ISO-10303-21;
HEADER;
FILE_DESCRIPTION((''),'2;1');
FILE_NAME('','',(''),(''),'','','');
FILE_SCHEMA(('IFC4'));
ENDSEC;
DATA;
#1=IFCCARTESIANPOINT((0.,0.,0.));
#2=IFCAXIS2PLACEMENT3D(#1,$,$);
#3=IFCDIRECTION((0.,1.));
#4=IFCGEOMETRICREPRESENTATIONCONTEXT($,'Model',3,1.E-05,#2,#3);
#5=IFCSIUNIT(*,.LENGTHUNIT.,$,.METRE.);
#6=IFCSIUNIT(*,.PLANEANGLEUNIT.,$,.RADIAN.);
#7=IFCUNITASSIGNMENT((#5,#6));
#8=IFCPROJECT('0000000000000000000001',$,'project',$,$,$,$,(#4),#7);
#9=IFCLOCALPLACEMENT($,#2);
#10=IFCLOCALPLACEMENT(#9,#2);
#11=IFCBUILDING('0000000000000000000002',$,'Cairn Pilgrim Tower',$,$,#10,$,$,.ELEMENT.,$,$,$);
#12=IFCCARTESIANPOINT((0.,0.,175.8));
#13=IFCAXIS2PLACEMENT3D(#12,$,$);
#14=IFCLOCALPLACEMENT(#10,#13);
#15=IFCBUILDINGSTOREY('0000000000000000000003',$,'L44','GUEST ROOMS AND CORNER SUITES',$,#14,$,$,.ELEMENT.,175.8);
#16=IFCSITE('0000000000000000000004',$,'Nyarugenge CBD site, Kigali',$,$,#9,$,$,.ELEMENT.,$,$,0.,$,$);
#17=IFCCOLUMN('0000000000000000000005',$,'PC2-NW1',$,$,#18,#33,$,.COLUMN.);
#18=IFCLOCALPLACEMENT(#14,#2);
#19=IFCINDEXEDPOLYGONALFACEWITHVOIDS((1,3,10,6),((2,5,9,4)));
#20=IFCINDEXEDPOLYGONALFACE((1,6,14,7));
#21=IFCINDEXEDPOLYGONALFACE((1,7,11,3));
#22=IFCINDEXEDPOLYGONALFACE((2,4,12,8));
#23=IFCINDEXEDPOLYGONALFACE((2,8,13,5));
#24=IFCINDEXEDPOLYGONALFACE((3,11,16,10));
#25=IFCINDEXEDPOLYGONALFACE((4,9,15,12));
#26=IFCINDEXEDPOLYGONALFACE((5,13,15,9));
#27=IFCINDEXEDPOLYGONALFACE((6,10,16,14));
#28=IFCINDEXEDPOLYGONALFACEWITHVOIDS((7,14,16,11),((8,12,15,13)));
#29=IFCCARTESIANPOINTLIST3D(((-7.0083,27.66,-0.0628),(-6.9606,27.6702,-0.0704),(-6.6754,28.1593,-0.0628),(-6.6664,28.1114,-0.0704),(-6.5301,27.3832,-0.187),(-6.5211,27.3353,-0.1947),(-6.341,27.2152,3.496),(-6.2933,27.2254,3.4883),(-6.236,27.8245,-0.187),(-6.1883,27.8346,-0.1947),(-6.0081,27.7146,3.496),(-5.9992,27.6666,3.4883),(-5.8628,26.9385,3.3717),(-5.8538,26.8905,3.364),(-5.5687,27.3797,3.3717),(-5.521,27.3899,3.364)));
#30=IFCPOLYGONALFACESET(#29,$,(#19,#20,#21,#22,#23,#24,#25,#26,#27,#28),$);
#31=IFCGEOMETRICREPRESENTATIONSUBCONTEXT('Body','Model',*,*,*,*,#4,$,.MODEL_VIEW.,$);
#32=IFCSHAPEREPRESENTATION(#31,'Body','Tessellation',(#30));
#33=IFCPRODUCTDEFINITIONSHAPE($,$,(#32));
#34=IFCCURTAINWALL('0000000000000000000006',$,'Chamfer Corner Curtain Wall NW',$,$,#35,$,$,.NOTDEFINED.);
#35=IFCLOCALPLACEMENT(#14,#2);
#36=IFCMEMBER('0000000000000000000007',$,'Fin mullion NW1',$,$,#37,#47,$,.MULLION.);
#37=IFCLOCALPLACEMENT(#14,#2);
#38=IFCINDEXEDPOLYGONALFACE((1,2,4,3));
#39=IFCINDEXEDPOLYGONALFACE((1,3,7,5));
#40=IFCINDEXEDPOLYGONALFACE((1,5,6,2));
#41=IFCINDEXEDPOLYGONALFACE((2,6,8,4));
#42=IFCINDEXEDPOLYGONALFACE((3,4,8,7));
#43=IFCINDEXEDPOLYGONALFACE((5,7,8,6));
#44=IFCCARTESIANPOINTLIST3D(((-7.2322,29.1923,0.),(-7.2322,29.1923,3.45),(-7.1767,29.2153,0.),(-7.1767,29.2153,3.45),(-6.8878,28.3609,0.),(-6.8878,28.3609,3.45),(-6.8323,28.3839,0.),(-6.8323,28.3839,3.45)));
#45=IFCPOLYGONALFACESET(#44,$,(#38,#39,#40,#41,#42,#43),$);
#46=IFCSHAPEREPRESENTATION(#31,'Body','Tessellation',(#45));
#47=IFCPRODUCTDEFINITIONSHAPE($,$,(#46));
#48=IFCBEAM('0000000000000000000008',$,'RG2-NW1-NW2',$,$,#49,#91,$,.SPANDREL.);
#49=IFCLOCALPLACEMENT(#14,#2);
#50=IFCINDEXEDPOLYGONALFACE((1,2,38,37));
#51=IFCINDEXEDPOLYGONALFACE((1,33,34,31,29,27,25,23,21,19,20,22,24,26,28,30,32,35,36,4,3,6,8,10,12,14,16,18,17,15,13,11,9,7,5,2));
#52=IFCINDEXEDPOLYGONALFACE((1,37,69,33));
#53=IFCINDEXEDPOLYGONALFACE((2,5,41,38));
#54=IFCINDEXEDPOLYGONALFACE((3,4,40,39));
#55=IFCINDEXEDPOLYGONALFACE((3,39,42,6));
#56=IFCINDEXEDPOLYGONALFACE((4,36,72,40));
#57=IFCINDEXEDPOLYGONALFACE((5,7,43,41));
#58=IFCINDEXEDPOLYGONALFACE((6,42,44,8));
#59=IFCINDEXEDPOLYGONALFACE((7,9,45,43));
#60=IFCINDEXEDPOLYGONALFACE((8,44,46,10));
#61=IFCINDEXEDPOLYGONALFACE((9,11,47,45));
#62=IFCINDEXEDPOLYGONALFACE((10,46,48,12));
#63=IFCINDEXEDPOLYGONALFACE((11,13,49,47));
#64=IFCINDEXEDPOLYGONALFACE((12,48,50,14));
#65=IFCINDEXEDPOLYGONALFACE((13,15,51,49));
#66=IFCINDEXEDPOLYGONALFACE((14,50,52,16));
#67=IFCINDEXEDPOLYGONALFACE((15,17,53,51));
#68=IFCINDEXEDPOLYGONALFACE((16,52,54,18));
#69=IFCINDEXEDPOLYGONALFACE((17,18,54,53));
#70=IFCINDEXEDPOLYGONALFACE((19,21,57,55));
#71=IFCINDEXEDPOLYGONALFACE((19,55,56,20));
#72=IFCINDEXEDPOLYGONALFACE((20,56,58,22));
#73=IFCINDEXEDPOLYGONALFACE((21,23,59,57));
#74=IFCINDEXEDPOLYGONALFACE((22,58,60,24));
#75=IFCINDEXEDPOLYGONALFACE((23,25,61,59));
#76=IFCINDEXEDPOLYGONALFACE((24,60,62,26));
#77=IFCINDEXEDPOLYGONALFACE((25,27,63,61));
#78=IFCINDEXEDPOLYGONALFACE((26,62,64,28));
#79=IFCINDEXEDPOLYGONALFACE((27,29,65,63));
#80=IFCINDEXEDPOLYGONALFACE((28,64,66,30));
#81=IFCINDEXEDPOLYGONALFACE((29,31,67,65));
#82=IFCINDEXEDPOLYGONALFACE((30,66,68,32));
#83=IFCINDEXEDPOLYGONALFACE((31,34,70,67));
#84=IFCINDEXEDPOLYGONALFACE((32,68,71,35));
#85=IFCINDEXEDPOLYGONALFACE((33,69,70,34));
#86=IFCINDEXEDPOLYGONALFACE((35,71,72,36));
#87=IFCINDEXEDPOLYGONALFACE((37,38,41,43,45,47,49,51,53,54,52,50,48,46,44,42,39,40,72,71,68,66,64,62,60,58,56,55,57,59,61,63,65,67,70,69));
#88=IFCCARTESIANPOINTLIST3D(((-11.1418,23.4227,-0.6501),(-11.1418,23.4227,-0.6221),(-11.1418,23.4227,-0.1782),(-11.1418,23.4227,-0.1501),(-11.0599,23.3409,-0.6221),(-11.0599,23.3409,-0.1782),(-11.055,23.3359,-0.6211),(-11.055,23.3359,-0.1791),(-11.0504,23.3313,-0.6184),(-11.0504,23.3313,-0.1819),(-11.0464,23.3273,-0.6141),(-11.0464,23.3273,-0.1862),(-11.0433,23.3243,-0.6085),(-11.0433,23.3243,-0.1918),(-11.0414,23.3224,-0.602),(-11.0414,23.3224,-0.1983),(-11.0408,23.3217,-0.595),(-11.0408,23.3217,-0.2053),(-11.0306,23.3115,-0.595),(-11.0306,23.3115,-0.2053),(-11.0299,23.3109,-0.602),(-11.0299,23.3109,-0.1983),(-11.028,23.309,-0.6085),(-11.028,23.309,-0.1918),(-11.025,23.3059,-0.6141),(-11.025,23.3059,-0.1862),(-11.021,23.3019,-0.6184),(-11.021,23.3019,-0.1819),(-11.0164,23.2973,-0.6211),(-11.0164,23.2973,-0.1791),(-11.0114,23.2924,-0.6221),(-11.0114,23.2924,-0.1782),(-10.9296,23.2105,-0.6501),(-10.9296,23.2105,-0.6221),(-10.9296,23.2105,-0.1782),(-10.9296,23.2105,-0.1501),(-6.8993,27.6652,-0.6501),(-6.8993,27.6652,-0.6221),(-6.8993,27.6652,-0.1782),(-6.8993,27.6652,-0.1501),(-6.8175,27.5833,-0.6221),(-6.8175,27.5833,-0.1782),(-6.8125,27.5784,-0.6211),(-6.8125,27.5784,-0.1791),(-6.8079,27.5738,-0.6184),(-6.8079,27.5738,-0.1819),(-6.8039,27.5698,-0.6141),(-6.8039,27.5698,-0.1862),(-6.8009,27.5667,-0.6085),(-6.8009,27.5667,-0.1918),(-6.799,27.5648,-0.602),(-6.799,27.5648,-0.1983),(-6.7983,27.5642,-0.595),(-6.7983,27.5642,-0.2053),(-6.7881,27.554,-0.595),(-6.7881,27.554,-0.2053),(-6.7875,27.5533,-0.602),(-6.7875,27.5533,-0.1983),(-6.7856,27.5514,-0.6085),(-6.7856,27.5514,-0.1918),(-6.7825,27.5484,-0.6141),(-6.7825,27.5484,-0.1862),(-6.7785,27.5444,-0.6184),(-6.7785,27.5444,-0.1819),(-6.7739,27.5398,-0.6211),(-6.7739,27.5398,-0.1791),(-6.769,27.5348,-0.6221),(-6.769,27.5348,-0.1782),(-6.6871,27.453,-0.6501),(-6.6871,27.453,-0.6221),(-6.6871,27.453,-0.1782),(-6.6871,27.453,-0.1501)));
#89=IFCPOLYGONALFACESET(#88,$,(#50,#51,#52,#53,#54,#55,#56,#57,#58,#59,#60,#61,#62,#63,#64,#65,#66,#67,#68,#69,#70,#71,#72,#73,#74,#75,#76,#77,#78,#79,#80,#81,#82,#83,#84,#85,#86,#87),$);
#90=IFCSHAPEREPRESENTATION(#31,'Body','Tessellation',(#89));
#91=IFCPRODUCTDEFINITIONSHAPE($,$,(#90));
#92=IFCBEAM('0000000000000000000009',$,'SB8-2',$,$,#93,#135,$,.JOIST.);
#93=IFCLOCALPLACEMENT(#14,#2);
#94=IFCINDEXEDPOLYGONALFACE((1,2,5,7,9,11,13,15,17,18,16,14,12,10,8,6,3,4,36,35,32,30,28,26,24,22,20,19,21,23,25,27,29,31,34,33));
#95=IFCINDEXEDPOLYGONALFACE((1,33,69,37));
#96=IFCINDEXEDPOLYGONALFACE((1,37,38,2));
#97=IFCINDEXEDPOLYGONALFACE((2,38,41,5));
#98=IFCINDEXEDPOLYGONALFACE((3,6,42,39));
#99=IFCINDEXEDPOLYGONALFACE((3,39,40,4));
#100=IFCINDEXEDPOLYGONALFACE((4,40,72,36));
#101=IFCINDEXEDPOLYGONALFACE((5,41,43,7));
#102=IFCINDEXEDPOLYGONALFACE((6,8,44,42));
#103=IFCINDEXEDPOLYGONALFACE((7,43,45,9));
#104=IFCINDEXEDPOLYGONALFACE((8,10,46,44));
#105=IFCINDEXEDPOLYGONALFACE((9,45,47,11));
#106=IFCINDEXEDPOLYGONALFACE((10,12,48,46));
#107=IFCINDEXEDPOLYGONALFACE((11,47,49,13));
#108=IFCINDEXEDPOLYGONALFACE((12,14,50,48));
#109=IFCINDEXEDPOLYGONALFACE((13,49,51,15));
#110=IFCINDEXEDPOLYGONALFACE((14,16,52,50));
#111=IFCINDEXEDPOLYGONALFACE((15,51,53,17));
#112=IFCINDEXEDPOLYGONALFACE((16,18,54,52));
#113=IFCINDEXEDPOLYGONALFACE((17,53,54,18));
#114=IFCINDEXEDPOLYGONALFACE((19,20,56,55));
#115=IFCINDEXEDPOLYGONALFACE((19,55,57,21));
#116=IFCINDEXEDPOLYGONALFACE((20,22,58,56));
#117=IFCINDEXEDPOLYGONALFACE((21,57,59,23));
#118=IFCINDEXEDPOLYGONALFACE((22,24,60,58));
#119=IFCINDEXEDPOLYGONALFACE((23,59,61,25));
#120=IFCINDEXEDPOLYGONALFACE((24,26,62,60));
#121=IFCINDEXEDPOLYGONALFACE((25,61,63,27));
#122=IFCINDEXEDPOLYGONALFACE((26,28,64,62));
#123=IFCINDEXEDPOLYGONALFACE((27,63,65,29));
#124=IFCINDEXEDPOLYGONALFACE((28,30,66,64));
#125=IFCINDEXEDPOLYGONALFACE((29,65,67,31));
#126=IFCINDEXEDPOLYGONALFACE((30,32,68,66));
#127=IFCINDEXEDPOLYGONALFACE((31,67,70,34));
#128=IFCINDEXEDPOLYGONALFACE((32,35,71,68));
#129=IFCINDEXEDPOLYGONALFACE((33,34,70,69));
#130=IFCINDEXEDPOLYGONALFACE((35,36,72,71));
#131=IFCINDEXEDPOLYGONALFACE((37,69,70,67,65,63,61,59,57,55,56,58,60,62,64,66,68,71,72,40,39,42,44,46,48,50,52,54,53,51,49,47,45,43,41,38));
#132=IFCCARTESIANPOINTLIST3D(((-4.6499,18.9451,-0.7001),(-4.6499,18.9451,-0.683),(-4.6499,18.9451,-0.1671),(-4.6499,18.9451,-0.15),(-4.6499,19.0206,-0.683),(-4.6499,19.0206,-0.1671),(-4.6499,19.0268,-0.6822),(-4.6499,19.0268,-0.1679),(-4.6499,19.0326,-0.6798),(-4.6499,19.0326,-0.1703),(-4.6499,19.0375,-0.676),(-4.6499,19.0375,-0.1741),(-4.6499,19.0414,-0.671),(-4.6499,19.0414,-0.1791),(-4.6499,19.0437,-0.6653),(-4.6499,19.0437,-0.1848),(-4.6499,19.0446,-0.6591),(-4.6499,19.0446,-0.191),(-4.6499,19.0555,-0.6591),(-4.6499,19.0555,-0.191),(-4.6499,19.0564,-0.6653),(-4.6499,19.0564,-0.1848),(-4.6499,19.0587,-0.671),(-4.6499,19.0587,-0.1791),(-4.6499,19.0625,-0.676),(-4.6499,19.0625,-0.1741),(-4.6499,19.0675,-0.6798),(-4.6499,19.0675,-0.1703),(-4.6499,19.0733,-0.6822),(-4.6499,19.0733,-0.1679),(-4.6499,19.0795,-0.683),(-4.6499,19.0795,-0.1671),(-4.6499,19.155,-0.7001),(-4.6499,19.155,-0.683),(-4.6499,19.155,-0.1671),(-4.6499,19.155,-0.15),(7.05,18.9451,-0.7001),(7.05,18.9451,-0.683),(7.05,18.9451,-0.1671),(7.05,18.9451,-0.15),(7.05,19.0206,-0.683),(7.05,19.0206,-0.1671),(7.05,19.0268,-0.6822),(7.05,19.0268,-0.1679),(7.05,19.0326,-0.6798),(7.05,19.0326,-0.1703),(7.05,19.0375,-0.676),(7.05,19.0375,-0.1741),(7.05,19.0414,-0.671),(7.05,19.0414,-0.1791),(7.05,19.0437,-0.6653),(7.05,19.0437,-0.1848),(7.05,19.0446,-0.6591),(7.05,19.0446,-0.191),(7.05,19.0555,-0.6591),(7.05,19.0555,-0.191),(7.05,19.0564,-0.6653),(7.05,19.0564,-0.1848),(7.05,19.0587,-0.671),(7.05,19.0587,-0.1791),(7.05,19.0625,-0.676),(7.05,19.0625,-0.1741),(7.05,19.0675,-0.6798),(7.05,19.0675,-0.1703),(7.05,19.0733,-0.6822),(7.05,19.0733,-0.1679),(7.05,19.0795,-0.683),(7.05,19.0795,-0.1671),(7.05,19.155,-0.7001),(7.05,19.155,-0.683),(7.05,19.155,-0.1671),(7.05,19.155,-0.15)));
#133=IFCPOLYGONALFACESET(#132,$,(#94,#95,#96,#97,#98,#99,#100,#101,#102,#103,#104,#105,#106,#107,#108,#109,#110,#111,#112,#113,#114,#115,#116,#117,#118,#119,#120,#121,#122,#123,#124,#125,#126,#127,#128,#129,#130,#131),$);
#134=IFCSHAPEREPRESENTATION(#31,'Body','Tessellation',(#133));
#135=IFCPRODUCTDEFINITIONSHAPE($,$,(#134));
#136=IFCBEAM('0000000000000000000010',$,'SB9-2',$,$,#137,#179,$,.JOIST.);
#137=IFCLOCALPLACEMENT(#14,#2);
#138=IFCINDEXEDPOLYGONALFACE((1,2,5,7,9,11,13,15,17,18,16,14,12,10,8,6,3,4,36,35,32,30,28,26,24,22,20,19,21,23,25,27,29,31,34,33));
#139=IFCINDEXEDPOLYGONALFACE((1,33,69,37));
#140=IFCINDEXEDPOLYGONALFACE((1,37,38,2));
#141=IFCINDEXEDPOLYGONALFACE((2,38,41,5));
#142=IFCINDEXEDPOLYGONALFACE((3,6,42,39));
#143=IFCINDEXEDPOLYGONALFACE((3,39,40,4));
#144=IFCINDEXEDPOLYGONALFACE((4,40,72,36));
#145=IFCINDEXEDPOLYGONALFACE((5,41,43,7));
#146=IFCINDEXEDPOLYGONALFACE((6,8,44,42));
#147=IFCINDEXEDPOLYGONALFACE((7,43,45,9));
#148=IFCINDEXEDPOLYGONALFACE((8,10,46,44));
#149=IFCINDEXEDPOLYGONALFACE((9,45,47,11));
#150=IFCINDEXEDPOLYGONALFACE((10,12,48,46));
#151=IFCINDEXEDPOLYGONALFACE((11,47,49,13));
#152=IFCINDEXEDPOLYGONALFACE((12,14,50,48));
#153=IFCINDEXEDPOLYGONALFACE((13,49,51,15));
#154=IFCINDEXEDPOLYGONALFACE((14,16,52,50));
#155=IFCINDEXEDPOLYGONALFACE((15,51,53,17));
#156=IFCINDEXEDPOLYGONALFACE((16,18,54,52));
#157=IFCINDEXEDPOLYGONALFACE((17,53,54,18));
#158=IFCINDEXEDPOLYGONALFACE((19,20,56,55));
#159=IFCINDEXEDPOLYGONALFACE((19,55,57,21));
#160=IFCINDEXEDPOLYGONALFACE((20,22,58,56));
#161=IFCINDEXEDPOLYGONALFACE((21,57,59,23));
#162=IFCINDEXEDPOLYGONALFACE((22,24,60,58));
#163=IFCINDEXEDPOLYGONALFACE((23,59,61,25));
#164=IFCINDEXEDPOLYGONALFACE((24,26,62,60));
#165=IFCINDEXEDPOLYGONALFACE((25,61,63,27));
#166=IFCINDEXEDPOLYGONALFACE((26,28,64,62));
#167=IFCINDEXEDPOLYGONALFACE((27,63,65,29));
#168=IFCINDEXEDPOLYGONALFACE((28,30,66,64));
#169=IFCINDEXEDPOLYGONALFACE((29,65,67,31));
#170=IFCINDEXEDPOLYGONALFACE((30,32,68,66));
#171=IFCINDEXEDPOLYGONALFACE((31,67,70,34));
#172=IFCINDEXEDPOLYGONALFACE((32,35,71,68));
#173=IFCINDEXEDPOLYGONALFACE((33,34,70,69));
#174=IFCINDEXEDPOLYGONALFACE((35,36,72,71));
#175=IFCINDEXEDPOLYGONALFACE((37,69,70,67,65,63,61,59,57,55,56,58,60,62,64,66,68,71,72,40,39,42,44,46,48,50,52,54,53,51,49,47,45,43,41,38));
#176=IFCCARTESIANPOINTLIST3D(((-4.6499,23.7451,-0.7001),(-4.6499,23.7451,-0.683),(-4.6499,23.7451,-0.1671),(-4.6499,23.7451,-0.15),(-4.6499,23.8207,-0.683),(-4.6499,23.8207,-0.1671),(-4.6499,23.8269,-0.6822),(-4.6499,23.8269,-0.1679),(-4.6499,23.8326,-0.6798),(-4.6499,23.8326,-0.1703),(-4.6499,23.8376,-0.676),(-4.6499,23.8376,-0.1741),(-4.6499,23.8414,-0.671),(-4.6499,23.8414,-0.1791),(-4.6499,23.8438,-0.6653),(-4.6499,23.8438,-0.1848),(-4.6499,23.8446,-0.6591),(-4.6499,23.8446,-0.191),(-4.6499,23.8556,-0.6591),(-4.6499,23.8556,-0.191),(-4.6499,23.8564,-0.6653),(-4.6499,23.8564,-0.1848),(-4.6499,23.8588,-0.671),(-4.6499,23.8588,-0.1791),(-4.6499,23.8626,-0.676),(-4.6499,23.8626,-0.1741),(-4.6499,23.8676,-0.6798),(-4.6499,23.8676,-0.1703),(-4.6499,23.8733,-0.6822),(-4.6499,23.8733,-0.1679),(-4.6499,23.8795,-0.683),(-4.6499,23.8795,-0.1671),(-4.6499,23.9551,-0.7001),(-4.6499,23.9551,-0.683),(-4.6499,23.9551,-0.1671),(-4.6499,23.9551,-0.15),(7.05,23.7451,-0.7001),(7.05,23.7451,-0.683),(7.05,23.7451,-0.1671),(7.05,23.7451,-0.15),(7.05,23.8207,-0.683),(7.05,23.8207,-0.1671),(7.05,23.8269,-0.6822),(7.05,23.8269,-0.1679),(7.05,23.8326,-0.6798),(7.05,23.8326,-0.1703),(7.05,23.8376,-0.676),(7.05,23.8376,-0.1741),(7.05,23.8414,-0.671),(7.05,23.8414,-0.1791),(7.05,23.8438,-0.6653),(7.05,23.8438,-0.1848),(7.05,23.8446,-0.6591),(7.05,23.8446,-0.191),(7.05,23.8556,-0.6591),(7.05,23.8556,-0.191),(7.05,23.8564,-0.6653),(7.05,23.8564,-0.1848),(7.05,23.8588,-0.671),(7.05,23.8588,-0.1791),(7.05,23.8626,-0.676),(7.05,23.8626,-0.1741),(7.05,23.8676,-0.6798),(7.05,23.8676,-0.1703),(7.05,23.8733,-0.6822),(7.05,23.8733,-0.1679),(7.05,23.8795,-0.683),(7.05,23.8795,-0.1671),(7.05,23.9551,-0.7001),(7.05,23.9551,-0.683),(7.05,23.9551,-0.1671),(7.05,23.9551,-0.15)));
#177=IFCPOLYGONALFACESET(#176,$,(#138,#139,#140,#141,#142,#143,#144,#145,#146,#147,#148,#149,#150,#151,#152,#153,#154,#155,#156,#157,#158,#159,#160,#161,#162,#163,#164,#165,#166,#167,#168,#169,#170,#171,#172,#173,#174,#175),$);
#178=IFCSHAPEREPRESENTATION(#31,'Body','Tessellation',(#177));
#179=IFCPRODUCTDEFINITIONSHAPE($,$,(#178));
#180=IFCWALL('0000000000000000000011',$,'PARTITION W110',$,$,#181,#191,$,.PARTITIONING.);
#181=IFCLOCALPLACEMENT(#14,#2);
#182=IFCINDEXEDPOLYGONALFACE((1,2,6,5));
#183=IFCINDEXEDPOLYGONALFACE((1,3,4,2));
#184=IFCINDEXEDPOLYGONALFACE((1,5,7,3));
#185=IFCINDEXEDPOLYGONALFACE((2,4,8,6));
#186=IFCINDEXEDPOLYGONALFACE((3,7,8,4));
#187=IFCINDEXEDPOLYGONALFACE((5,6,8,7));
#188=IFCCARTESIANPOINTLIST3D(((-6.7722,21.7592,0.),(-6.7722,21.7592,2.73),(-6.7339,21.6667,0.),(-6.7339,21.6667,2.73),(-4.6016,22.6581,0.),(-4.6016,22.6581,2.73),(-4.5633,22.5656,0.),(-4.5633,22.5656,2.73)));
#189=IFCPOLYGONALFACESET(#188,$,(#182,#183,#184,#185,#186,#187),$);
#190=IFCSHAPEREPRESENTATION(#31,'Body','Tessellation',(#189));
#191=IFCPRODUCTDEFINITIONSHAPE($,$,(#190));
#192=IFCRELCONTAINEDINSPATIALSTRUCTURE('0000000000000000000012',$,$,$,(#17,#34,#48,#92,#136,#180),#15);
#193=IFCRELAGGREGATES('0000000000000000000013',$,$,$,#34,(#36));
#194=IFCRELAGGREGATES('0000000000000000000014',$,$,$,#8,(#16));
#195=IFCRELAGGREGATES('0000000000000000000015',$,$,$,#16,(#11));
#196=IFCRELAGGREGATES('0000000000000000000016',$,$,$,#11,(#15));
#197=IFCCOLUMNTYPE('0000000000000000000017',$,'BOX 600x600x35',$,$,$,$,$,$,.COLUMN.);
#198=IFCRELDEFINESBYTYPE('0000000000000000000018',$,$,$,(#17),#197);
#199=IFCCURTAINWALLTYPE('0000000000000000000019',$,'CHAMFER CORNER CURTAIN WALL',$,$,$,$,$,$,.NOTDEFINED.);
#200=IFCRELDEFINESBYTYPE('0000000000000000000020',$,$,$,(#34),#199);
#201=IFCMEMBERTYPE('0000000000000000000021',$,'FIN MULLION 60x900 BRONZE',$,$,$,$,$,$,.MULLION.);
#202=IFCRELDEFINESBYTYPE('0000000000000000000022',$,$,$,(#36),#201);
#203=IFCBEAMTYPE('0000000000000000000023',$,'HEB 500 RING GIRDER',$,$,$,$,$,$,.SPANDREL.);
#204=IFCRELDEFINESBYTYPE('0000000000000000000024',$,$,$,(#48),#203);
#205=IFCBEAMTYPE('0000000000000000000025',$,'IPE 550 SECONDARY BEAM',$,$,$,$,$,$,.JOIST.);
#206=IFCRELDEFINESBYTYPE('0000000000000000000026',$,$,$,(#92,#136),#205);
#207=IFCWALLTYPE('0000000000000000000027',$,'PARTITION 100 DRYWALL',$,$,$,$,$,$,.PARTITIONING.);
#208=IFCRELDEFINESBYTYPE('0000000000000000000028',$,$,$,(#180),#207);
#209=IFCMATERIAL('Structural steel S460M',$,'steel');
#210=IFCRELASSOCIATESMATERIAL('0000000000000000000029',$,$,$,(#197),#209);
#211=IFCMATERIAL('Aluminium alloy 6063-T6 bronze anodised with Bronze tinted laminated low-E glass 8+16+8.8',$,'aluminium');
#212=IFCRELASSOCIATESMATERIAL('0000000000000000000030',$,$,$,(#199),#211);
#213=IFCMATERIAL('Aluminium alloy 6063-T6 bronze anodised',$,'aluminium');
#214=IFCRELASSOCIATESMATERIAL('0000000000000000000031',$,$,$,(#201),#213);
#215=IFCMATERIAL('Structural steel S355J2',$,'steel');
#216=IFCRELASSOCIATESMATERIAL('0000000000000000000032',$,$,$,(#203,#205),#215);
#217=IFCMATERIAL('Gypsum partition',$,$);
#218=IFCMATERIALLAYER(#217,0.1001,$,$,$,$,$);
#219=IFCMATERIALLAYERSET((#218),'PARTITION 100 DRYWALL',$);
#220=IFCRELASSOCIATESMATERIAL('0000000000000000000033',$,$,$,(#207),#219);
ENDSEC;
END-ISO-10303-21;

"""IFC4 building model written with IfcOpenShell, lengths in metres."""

from ifc_helpers import new_model, si_unit, direction, frame, frame_2d, origin, origin_2d, place, context, subcontext, project, spatial, rectangle, hollow_rectangle, i_section, extrude, clip, halfspace, material, layer, layer_set, material_profile, profile_set, type_object, element, aggregate, save


model = new_model("IFC4")

# Units and contexts
model_context = context("Model", 3, precision=1e-05, world=origin(), true_north=direction((0.0, 1.0)))
body_context = subcontext(model_context, "Body", "Model", "MODEL_VIEW")
ifc_project = project(units=[si_unit("LENGTHUNIT", "METRE"), si_unit("PLANEANGLEUNIT", "RADIAN")], contexts=[model_context])

# Site, building, storey
site_placement = place(None, origin())
site = spatial("IfcSite", under=ifc_project, at=site_placement, Name="Nyarugenge CBD site, Kigali", CompositionType="ELEMENT", RefElevation=0.0)
building_placement = place(site_placement, origin())
building = spatial("IfcBuilding", under=site, at=building_placement, Name="Cairn Pilgrim Tower", CompositionType="ELEMENT")
storey_placement = place(building_placement, frame((0.0, 0.0, 175.8)))
storey = spatial("IfcBuildingStorey", under=building, at=storey_placement, Name="L44", Description="GUEST ROOMS AND CORNER SUITES", CompositionType="ELEMENT", Elevation=175.8)

# Column
ifc_material_1 = material(Name="Structural steel S460M", Category="steel")
ifc_material_profile_1 = material_profile(ifc_material_1, hollow_rectangle(XDim=0.6001, YDim=0.6001, WallThickness=0.0349, at=origin_2d()), Name="BOX 600x600x35")
ifc_profile_set_1 = profile_set([ifc_material_profile_1], Name="Structural steel S460M")
column_type = type_object("IfcColumnType", Name="BOX 600x600x35", PredefinedType="COLUMN", material=ifc_profile_set_1)
column_placement = place(storey_placement, frame((-6.6023, 27.75, -0.1501), z_axis=(0.182922, -0.121926, 0.975538), x_axis=(0.554631, 0.832097, 0.0)))
element("IfcColumn", 1, at=column_placement, inside=storey, type_object=column_type, Name="PC2-NW1", PredefinedType="COLUMN", context=body_context, shape_type="Clipping", body=[
    clip(clip(extrude(hollow_rectangle(XDim=0.6001, YDim=0.6001, WallThickness=0.0349, at=origin_2d()), origin(), (0.0, 0.0, 1.0), 3.6904), halfspace(frame((0.0, 0.0, 0.022), z_axis=(0.0, 0.0, 1.0), x_axis=(1.0, 0.0, 0.0)), True)), halfspace(frame((0.0, 0.0, 3.6699), z_axis=(0.0, 0.0, 1.0), x_axis=(1.0, 0.0, 0.0)), False)),
])

# Curtain wall, member
ifc_material_2 = material(Name="Aluminium alloy 6063-T6 bronze anodised with Bronze tinted laminated low-E glass 8+16+8.8", Category="aluminium")
curtain_wall_type = type_object("IfcCurtainWallType", Name="CHAMFER CORNER CURTAIN WALL", PredefinedType="NOTDEFINED", material=ifc_material_2)
curtain_wall_placement = place(storey_placement, origin())
curtain_wall = element("IfcCurtainWall", 2, at=curtain_wall_placement, inside=storey, type_object=curtain_wall_type, Name="Chamfer Corner Curtain Wall NW", PredefinedType="NOTDEFINED")
ifc_material_3 = material(Name="Aluminium alloy 6063-T6 bronze anodised", Category="aluminium")
ifc_material_profile_2 = material_profile(ifc_material_3, rectangle(XDim=0.8999, YDim=0.0601, at=origin_2d()), Name="FIN MULLION 60x900 BRONZE")
ifc_profile_set_2 = profile_set([ifc_material_profile_2], Name="Aluminium alloy 6063-T6 bronze anodised")
member_type = type_object("IfcMemberType", Name="FIN MULLION 60x900 BRONZE", PredefinedType="MULLION", material=ifc_profile_set_2)
member_placement = place(storey_placement, frame((-7.0322, 28.7881, 0.0), z_axis=(0.0, 0.0, 1.0), x_axis=(-0.382683, 0.92388, 0.0)))
member = element("IfcMember", 3, at=member_placement, type_object=member_type, Name="Fin mullion NW1", PredefinedType="MULLION", context=body_context, shape_type="SweptSolid", body=[
    extrude(rectangle(XDim=0.8999, YDim=0.0601, at=origin_2d()), origin(), (0.0, 0.0, 1.0), 3.45),
])
aggregate(curtain_wall, [member])

# Beams
ifc_material_4 = material(Name="Structural steel S355J2", Category="steel")
ifc_material_profile_3 = material_profile(ifc_material_4, i_section(OverallWidth=0.3, OverallDepth=0.5, WebThickness=0.0144, FlangeThickness=0.0281, FilletRadius=0.0271, at=origin_2d()), Name="HEB 500")
ifc_profile_set_3 = profile_set([ifc_material_profile_3], Name="Structural steel S355J2")
beam_type_1 = type_object("IfcBeamType", Name="HEB 500 RING GIRDER", PredefinedType="SPANDREL", material=ifc_profile_set_3)
beam_placement = place(storey_placement, frame((-6.7932, 27.5591, -0.4001), z_axis=(-0.707107, -0.707107, 0.0), x_axis=(0.707107, -0.707107, 0.0)))
element("IfcBeam", 4, at=beam_placement, inside=storey, type_object=beam_type_1, Name="RG2-NW1-NW2", PredefinedType="SPANDREL", context=body_context, shape_type="SweptSolid", body=[
    extrude(i_section(OverallWidth=0.3, OverallDepth=0.5, WebThickness=0.0144, FlangeThickness=0.0281, FilletRadius=0.0271, at=origin_2d()), origin(), (0.0, 0.0, 1.0), 5.9998),
])
ifc_material_profile_4 = material_profile(ifc_material_4, i_section(OverallWidth=0.21, OverallDepth=0.55, WebThickness=0.011, FlangeThickness=0.0171, FilletRadius=0.0239, at=origin_2d()), Name="IPE 550")
ifc_profile_set_4 = profile_set([ifc_material_profile_4], Name="Structural steel S355J2")
beam_type_2 = type_object("IfcBeamType", Name="IPE 550 SECONDARY BEAM", PredefinedType="JOIST", material=ifc_profile_set_4)
for number, where, z_axis, x_axis, name in (
    (5, (-4.6499, 19.05, -0.425), (1.0, 0.0, 0.0), (0.0, 1.0, 0.0), "SB8-2"),
    (6, (-4.6499, 23.8501, -0.425), (1.0, 0.0, 0.0), (0.0, 1.0, 0.0), "SB9-2"),
):
    element("IfcBeam", number, at=place(storey_placement, frame(where, z_axis=z_axis, x_axis=x_axis)), inside=storey, type_object=beam_type_2, Name=name, PredefinedType="JOIST", context=body_context, shape_type="SweptSolid", body=[
        extrude(i_section(OverallWidth=0.21, OverallDepth=0.55, WebThickness=0.011, FlangeThickness=0.0171, FilletRadius=0.0239, at=origin_2d()), origin(), (0.0, 0.0, 1.0), 11.7),
    ])

# Wall
ifc_material_5 = material(Name="Gypsum partition")
ifc_layer_1 = layer(ifc_material_5, 0.1001)
ifc_layer_set_1 = layer_set([ifc_layer_1], Name="PARTITION 100 DRYWALL")
wall_type_1 = type_object("IfcWallType", Name="PARTITION 100 DRYWALL", PredefinedType="PARTITIONING", material=ifc_layer_set_1)
wall_1_placement = place(storey_placement, frame((-6.7532, 21.7129, 0.0), z_axis=(0.0, 0.0, 1.0), x_axis=(0.923908, 0.382615, 0.0)))
element("IfcWall", 7, at=wall_1_placement, inside=storey, type_object=wall_type_1, Name="PARTITION W110", PredefinedType="PARTITIONING", context=body_context, shape_type="SweptSolid", body=[
    extrude(rectangle(XDim=2.3494, YDim=0.1001, at=frame_2d((1.1748, 0.0))), origin(), (0.0, 0.0, 1.0), 2.73),
])

save(model, "model.ifc")
